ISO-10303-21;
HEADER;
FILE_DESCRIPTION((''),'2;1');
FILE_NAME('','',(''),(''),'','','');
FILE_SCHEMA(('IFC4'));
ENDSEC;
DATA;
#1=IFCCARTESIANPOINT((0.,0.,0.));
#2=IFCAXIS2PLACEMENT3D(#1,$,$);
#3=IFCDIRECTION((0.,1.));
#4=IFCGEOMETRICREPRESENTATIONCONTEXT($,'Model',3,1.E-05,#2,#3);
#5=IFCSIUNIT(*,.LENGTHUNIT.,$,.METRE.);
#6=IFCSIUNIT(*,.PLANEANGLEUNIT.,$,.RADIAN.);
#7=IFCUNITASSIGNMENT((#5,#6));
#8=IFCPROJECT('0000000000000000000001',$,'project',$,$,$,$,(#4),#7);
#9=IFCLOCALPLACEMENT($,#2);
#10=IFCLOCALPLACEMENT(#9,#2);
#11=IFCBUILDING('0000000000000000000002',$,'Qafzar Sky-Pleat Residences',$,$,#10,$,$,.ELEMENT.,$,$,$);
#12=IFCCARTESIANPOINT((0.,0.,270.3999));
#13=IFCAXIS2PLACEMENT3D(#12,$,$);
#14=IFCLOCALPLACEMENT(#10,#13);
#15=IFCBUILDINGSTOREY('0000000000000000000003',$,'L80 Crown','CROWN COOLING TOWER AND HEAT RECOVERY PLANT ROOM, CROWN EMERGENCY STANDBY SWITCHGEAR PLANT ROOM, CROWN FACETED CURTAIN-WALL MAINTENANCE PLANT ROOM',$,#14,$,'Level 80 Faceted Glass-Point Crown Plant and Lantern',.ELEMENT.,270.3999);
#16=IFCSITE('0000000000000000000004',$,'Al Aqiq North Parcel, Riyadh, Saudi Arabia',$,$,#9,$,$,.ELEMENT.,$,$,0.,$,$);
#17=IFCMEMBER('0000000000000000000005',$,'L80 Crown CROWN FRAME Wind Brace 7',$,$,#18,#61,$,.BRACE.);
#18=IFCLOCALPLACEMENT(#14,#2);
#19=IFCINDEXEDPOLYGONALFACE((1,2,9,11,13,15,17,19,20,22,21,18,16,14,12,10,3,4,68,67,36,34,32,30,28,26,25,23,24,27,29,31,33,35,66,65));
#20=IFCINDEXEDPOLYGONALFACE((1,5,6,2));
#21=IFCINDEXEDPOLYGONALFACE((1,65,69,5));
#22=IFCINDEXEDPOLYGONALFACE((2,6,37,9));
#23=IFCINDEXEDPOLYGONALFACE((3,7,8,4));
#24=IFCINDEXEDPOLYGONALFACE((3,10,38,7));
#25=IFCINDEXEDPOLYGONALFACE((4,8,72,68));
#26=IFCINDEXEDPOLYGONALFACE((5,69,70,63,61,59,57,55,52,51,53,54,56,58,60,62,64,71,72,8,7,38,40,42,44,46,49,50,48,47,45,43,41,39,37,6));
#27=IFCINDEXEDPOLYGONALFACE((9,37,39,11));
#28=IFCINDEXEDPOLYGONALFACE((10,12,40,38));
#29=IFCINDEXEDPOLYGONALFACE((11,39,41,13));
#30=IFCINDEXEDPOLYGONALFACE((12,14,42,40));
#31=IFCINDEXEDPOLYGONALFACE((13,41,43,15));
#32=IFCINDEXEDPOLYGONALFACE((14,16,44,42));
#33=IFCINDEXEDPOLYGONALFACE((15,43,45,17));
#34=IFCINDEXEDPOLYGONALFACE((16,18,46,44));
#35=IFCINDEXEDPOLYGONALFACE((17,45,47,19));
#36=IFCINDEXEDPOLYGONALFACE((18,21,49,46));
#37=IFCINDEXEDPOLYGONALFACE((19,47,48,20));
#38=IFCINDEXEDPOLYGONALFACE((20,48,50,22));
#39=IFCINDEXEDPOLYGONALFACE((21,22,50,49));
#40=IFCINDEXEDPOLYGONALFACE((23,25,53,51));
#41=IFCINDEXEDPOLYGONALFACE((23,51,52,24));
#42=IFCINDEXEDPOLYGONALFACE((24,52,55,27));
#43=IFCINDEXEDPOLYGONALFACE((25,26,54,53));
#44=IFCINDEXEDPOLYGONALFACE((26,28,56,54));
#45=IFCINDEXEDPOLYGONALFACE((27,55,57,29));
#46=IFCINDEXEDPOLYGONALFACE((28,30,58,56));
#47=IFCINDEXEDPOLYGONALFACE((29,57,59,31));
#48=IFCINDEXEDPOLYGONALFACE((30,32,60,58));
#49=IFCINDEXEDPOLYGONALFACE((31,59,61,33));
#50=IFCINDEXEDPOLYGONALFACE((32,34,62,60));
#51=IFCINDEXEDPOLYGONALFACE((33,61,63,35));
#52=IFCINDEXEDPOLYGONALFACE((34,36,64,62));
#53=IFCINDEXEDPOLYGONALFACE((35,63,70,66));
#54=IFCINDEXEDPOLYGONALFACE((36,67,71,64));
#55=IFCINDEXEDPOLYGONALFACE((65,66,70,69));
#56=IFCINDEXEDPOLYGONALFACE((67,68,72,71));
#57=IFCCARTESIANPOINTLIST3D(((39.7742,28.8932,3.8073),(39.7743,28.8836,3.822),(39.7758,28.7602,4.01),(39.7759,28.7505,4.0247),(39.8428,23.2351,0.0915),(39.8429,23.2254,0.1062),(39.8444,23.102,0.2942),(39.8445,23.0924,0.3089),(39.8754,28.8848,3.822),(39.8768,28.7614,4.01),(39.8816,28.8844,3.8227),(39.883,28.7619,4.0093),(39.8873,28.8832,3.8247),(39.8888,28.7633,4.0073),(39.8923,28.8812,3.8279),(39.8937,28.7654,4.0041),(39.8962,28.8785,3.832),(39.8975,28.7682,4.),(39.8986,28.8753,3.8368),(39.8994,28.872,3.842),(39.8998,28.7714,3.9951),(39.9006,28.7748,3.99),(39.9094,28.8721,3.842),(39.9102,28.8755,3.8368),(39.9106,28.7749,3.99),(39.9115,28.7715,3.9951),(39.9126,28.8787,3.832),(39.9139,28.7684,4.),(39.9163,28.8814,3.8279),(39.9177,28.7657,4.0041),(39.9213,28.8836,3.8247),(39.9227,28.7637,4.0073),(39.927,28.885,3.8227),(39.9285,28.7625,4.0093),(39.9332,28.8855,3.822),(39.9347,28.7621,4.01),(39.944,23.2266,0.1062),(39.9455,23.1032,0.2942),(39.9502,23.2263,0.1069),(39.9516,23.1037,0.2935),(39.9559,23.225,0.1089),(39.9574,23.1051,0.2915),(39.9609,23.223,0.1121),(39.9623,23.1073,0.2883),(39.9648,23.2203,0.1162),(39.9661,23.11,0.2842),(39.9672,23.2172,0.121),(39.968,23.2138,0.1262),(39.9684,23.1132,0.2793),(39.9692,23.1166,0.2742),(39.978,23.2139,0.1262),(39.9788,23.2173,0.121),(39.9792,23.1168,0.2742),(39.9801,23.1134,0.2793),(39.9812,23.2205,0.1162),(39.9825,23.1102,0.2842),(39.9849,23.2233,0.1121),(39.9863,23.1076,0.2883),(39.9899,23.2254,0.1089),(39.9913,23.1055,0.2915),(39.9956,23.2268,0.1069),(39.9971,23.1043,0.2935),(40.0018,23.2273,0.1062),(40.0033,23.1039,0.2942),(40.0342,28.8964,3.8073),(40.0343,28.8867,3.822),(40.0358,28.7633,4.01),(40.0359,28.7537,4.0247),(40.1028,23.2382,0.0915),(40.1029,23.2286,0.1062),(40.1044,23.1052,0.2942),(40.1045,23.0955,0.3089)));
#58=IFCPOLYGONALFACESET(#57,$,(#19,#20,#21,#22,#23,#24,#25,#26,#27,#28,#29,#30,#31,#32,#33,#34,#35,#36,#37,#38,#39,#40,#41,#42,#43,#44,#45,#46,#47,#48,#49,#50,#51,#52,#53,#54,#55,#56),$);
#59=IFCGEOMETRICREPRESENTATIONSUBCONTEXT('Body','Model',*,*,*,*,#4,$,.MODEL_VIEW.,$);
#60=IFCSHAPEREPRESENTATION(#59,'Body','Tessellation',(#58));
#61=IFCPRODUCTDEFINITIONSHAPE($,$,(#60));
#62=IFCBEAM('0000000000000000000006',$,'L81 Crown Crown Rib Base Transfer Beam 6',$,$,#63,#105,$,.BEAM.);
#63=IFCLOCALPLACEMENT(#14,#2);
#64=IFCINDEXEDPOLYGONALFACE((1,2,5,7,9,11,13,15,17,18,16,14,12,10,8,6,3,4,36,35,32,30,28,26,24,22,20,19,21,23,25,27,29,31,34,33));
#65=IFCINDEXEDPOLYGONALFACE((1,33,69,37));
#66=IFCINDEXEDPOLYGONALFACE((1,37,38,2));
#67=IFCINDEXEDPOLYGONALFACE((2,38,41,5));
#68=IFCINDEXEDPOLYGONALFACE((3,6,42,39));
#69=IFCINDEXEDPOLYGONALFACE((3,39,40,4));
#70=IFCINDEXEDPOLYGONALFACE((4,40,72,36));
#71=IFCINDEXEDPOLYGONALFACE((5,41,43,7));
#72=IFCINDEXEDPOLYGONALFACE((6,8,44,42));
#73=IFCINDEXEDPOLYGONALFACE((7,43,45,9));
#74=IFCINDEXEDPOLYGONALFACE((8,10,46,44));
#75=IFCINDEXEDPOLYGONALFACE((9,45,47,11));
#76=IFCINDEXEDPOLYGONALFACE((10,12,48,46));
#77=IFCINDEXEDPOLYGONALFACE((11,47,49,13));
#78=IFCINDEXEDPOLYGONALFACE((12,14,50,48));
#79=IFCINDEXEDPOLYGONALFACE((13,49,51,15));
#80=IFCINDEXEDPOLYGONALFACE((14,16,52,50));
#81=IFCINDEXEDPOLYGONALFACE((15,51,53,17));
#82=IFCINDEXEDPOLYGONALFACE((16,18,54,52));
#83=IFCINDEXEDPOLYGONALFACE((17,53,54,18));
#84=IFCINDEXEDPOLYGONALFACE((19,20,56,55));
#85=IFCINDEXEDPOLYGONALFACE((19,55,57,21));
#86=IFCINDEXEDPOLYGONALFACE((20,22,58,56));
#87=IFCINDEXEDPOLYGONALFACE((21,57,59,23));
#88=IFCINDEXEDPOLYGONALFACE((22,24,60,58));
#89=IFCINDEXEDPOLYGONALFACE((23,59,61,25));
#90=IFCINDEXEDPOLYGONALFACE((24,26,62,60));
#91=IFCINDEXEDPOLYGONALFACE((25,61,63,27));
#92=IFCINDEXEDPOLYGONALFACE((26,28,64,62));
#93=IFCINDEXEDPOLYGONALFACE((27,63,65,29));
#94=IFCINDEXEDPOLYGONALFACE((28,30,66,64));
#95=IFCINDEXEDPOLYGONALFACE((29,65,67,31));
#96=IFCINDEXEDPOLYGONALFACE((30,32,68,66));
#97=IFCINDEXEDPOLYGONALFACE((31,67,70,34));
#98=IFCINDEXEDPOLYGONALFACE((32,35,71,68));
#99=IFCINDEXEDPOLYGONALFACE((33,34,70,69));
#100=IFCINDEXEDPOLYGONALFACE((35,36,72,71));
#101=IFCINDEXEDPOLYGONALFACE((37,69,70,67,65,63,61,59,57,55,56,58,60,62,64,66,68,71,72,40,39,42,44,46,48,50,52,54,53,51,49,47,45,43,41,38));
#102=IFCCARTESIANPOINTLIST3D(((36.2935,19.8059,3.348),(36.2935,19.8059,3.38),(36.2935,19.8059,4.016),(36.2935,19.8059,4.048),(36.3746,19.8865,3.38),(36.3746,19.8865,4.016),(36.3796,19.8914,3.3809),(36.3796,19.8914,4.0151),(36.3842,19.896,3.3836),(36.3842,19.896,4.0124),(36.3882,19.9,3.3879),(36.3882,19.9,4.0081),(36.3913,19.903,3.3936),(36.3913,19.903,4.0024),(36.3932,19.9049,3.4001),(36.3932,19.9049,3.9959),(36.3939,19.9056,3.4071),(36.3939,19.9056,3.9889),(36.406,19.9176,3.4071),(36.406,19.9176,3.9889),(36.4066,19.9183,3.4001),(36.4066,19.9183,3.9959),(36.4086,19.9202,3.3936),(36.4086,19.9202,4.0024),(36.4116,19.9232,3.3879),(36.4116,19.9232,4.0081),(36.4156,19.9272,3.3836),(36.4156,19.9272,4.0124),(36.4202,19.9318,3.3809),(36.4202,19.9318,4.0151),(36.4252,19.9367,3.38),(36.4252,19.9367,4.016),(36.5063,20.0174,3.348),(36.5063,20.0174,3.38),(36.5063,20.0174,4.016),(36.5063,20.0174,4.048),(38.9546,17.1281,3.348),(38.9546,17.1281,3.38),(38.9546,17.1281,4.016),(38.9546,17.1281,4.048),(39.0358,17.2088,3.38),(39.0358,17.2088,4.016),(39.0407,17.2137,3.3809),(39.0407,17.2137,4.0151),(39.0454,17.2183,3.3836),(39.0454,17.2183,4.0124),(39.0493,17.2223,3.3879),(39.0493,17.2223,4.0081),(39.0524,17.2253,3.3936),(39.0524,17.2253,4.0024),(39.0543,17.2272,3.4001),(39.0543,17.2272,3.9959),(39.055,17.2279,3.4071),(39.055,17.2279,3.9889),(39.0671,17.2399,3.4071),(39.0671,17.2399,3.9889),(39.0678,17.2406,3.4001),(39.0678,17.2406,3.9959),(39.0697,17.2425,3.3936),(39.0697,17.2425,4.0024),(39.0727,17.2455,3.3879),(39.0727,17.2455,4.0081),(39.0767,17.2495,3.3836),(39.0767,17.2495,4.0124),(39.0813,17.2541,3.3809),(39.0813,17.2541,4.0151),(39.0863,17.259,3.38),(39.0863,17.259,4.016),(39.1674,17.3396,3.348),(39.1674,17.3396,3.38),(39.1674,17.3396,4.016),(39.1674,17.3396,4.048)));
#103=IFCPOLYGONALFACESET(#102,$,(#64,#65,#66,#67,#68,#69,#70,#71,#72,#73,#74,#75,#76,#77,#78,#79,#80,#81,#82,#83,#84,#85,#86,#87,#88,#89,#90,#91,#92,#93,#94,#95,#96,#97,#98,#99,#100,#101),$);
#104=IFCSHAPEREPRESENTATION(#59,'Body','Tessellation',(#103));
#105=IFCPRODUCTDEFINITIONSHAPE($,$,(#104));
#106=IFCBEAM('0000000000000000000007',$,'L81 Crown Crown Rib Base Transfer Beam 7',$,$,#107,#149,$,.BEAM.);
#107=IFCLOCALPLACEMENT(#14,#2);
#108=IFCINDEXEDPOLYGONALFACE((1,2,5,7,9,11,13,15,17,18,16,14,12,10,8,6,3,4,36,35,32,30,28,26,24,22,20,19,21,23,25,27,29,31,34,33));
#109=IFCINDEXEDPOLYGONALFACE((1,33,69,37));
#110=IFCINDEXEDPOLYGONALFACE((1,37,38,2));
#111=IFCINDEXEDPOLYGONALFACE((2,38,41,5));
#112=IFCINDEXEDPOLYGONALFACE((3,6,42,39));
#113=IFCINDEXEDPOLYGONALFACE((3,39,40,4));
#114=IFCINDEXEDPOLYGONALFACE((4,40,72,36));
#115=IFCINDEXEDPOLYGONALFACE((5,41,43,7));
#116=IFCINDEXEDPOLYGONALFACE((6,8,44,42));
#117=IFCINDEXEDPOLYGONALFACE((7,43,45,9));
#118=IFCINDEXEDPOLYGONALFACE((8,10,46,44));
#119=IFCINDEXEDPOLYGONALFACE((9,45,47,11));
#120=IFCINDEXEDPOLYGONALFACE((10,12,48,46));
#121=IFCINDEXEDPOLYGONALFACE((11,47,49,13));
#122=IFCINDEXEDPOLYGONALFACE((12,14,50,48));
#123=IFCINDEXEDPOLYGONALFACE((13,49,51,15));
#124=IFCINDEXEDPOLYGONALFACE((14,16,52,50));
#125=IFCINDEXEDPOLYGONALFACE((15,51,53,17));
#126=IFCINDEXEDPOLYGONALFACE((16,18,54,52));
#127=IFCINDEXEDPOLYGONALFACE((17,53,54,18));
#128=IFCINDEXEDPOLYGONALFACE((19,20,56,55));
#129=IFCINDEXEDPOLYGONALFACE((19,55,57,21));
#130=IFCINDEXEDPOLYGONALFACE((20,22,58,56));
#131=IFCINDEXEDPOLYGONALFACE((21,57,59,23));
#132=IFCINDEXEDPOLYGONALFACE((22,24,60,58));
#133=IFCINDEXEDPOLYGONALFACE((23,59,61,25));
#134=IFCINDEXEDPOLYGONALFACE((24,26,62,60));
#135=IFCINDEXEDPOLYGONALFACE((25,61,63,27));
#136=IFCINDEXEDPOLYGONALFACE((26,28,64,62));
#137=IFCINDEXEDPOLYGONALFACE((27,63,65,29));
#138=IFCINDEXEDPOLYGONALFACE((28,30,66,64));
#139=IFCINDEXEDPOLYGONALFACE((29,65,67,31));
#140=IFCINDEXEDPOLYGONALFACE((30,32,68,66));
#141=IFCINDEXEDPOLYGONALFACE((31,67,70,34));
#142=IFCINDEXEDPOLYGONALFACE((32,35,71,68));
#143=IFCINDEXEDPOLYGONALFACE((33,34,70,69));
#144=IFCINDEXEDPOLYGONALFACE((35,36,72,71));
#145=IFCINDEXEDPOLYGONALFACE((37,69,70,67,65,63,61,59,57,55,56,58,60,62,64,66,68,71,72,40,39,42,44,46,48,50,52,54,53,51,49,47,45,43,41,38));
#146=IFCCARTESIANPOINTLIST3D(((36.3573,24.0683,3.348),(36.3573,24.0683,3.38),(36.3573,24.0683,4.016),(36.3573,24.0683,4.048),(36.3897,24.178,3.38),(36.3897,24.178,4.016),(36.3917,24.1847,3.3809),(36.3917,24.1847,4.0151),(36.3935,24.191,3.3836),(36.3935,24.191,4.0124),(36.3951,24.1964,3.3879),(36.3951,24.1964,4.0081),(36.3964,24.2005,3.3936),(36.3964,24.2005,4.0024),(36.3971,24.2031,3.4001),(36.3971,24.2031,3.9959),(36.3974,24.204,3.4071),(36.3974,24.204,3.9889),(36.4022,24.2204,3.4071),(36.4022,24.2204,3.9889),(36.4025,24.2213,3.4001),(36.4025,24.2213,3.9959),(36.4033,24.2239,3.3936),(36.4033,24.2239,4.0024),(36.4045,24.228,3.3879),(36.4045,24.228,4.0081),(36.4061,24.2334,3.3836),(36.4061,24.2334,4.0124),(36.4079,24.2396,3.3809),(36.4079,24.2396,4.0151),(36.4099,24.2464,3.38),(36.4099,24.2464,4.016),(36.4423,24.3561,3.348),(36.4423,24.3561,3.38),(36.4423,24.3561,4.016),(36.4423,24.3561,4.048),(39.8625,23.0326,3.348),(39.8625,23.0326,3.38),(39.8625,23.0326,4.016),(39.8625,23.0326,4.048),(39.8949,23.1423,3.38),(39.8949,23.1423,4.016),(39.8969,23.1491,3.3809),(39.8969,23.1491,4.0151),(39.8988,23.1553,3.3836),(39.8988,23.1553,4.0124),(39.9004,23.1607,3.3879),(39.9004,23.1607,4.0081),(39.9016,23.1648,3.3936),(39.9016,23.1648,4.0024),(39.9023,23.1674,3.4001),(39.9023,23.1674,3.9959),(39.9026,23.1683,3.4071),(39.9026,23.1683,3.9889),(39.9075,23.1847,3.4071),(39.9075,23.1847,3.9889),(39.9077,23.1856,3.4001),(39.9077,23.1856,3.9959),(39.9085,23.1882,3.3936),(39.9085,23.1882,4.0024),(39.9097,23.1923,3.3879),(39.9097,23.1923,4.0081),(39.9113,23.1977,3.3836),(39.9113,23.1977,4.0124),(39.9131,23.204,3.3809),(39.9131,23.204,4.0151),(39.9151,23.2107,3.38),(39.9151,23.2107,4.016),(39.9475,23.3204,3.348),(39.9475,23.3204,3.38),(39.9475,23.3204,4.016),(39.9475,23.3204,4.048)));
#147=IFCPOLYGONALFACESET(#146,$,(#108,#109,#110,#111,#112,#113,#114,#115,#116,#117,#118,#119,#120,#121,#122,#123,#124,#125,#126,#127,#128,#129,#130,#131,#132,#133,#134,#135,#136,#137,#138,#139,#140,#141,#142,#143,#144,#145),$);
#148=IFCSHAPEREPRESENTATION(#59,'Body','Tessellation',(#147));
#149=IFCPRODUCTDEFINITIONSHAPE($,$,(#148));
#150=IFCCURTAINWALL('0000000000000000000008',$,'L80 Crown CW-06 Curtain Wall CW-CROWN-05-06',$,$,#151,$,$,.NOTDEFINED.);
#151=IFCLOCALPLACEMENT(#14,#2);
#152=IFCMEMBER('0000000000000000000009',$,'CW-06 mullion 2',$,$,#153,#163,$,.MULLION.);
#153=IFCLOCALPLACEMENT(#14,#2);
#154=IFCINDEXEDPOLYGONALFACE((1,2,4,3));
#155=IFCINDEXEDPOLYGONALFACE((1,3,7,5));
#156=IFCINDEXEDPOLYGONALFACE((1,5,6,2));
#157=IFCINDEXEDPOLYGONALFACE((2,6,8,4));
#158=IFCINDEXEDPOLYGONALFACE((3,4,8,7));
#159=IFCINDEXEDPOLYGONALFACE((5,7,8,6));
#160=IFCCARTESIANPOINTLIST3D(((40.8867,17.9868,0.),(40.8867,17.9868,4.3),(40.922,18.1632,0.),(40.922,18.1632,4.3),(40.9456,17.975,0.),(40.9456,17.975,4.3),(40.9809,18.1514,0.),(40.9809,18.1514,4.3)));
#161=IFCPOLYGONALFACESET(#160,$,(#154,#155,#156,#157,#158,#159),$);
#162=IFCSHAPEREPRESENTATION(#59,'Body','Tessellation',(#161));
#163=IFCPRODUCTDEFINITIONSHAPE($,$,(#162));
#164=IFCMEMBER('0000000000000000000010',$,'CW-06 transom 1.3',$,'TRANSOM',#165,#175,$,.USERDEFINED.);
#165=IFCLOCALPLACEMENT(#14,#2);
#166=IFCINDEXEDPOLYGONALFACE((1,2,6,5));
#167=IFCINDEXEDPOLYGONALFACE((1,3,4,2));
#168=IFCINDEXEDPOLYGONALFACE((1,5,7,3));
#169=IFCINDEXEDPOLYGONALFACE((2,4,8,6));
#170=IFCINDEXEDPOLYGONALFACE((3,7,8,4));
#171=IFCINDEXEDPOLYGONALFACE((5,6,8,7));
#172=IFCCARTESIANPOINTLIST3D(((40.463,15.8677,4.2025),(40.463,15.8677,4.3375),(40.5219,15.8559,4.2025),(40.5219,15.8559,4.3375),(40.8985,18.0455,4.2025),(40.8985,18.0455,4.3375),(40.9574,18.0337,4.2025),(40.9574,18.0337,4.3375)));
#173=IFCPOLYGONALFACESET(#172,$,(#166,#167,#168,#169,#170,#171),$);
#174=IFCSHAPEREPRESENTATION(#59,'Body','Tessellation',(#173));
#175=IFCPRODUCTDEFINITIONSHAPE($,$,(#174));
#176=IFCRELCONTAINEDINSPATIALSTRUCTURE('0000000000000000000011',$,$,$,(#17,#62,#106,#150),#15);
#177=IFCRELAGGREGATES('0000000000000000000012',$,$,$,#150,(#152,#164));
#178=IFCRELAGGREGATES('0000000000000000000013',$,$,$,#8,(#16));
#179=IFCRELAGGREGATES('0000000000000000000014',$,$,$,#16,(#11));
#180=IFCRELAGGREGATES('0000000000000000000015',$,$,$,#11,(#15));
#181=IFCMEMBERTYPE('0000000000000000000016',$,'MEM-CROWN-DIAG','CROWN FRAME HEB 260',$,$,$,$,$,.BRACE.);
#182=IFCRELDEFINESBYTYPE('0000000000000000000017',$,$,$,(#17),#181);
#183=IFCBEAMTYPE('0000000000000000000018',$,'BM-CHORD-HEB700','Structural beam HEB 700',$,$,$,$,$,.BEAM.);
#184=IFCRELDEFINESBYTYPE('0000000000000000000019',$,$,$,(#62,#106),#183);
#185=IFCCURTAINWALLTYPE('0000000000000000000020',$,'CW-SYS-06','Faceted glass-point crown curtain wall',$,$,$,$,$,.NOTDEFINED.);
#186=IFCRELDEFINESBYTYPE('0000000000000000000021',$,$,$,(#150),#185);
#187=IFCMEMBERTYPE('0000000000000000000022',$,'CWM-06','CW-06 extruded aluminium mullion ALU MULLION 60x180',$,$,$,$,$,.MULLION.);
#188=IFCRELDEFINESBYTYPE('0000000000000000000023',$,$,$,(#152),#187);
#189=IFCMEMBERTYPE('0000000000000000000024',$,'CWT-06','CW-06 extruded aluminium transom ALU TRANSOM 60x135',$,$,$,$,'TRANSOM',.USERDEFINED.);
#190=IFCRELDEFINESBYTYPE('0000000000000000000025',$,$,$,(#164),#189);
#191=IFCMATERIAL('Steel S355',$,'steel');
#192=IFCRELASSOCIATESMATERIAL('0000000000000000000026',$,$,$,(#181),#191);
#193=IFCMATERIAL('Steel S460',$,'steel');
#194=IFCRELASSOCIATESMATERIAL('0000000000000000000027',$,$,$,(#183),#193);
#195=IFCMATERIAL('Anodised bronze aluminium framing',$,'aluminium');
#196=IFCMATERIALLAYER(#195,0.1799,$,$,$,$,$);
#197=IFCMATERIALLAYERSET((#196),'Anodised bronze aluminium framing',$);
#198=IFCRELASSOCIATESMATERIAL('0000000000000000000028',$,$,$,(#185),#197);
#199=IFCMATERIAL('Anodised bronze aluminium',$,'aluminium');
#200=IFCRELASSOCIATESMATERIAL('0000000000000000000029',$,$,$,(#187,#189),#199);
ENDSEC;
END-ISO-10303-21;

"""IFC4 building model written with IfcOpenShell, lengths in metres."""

from ifc_helpers import new_model, si_unit, direction, frame, origin, origin_2d, place, context, subcontext, project, spatial, rectangle, i_section, extrude, source, transform, mapped, material, layer, layer_set, material_profile, profile_set, type_object, element, aggregate, save


model = new_model("IFC4")

# Units and contexts
model_context = context("Model", 3, precision=1e-05, world=origin(), true_north=direction((0.0, 1.0)))
body_context = subcontext(model_context, "Body", "Model", "MODEL_VIEW")
ifc_project = project(units=[si_unit("LENGTHUNIT", "METRE"), si_unit("PLANEANGLEUNIT", "RADIAN")], contexts=[model_context])

# Site, building, storey
site_placement = place(None, origin())
site = spatial("IfcSite", under=ifc_project, at=site_placement, Name="Al Aqiq North Parcel, Riyadh, Saudi Arabia", CompositionType="ELEMENT", RefElevation=0.0)
building_placement = place(site_placement, origin())
building = spatial("IfcBuilding", under=site, at=building_placement, Name="Qafzar Sky-Pleat Residences", CompositionType="ELEMENT")
storey_placement = place(building_placement, frame((0.0, 0.0, 270.3999)))
storey = spatial("IfcBuildingStorey", under=building, at=storey_placement, Name="L80 Crown", Description="CROWN COOLING TOWER AND HEAT RECOVERY PLANT ROOM, CROWN EMERGENCY STANDBY SWITCHGEAR PLANT ROOM, CROWN FACETED CURTAIN-WALL MAINTENANCE PLANT ROOM", LongName="Level 80 Faceted Glass-Point Crown Plant and Lantern", CompositionType="ELEMENT", Elevation=270.3999)

# Member
ifc_material_1 = material(Name="Steel S460", Category="steel")
ifc_material_2 = material(Name="Steel S355", Category="steel")
ifc_material_profile_1 = material_profile(ifc_material_2, i_section(OverallWidth=0.26, OverallDepth=0.26, WebThickness=0.01, FlangeThickness=0.0176, FilletRadius=0.0239, at=origin_2d()), Name="HEB 260")
ifc_profile_set_1 = profile_set([ifc_material_profile_1], Name="Steel S355")
member_type_1 = type_object("IfcMemberType", Name="MEM-CROWN-DIAG", Description="CROWN FRAME HEB 260", PredefinedType="BRACE", material=ifc_profile_set_1)
shared_shape_1 = source(origin(), body_context, "Body", "SweptSolid", [
    extrude(i_section(OverallWidth=0.26, OverallDepth=0.26, WebThickness=0.01, FlangeThickness=0.0176, FilletRadius=0.0239, at=origin_2d()), origin(), (0.0, 0.0, 1.0), 6.7695),
])
member_1_placement = place(storey_placement, frame((39.9736, 23.1653, 0.2002), z_axis=(-0.010134, 0.835827, 0.548899), x_axis=(-0.999927, -0.012124, 0.0)))
element("IfcMember", 1, at=member_1_placement, inside=storey, type_object=member_type_1, Name="L80 Crown CROWN FRAME Wind Brace 7", PredefinedType="BRACE", context=body_context, shape_type="MappedRepresentation", body=[
    mapped(shared_shape_1, transform((0.0, 0.0, 0.0), x_axis=(1.0, 0.0, 0.0), y_axis=(0.0, 1.0, 0.0), z_axis=(0.0, 0.0, 1.0), scale=1.0)),
])

# Beams
ifc_material_profile_2 = material_profile(ifc_material_1, i_section(OverallWidth=0.3, OverallDepth=0.7, WebThickness=0.0171, FlangeThickness=0.032, FilletRadius=0.0271, at=origin_2d()), Name="HEB 700")
ifc_profile_set_2 = profile_set([ifc_material_profile_2], Name="Steel S460")
beam_type = type_object("IfcBeamType", Name="BM-CHORD-HEB700", Description="Structural beam HEB 700", PredefinedType="BEAM", material=ifc_profile_set_2)
shared_shape_2 = source(origin(), body_context, "Body", "SweptSolid", [
    extrude(i_section(OverallWidth=0.3, OverallDepth=0.7, WebThickness=0.0171, FlangeThickness=0.032, FilletRadius=0.0271, at=origin_2d()), origin(), (0.0, 0.0, 1.0), 3.7751),
])
beam_1_placement = place(storey_placement, frame((39.061, 17.2339, 3.698), z_axis=(-0.704905, 0.709302, 0.0), x_axis=(-0.709302, -0.704905, 0.0)))
element("IfcBeam", 2, at=beam_1_placement, inside=storey, type_object=beam_type, Name="L81 Crown Crown Rib Base Transfer Beam 6", PredefinedType="BEAM", context=body_context, shape_type="MappedRepresentation", body=[
    mapped(shared_shape_2, transform((0.0, 0.0, 0.0), x_axis=(1.0, 0.0, 0.0), y_axis=(0.0, 1.0, 0.0), z_axis=(0.0, 0.0, 1.0), scale=1.0)),
])
shared_shape_3 = source(origin(), body_context, "Body", "SweptSolid", [
    extrude(i_section(OverallWidth=0.3, OverallDepth=0.7, WebThickness=0.0171, FlangeThickness=0.032, FilletRadius=0.0271, at=origin_2d()), origin(), (0.0, 0.0, 1.0), 3.655),
])
beam_2_placement = place(storey_placement, frame((39.905, 23.1765, 3.698), z_axis=(-0.959015, 0.283356, 0.0), x_axis=(-0.283356, -0.959015, 0.0)))
element("IfcBeam", 3, at=beam_2_placement, inside=storey, type_object=beam_type, Name="L81 Crown Crown Rib Base Transfer Beam 7", PredefinedType="BEAM", context=body_context, shape_type="MappedRepresentation", body=[
    mapped(shared_shape_3, transform((0.0, 0.0, 0.0), x_axis=(1.0, 0.0, 0.0), y_axis=(0.0, 1.0, 0.0), z_axis=(0.0, 0.0, 1.0), scale=1.0)),
])

# Curtain wall, members
ifc_material_3 = material(Name="Anodised bronze aluminium framing", Category="aluminium")
ifc_layer_1 = layer(ifc_material_3, 0.1799)
ifc_layer_set_1 = layer_set([ifc_layer_1], Name="Anodised bronze aluminium framing")
curtain_wall_type = type_object("IfcCurtainWallType", Name="CW-SYS-06", Description="Faceted glass-point crown curtain wall", PredefinedType="NOTDEFINED", material=ifc_layer_set_1)
curtain_wall_placement = place(storey_placement, origin())
curtain_wall = element("IfcCurtainWall", 4, at=curtain_wall_placement, inside=storey, type_object=curtain_wall_type, Name="L80 Crown CW-06 Curtain Wall CW-CROWN-05-06", PredefinedType="NOTDEFINED")
ifc_material_4 = material(Name="Anodised bronze aluminium", Category="aluminium")
ifc_material_profile_3 = material_profile(ifc_material_4, rectangle(XDim=0.0601, YDim=0.1799, at=origin_2d()), Name="ALU MULLION 60x180")
ifc_profile_set_3 = profile_set([ifc_material_profile_3], Name="Anodised bronze aluminium")
member_type_2 = type_object("IfcMemberType", Name="CWM-06", Description="CW-06 extruded aluminium mullion ALU MULLION 60x180", PredefinedType="MULLION", material=ifc_profile_set_3)
shared_shape_4 = source(origin(), body_context, "Body", "SweptSolid", [
    extrude(rectangle(XDim=0.0601, YDim=0.1799, at=origin_2d()), origin(), (0.0, 0.0, 1.0), 4.3),
])
member_2_placement = place(storey_placement, frame((40.9338, 18.0691, 0.0), z_axis=(0.0, 0.0, 1.0), x_axis=(-0.980581, 0.196116, 0.0)))
member_2 = element("IfcMember", 5, at=member_2_placement, type_object=member_type_2, Name="CW-06 mullion 2", PredefinedType="MULLION", context=body_context, shape_type="MappedRepresentation", body=[
    mapped(shared_shape_4, transform((0.0, 0.0, 0.0), x_axis=(1.0, 0.0, 0.0), y_axis=(0.0, 1.0, 0.0), z_axis=(0.0, 0.0, 1.0), scale=1.0)),
])
ifc_material_profile_4 = material_profile(ifc_material_4, rectangle(XDim=0.0601, YDim=0.135, at=origin_2d()), Name="ALU TRANSOM 60x135")
ifc_profile_set_4 = profile_set([ifc_material_profile_4], Name="Anodised bronze aluminium")
member_type_3 = type_object("IfcMemberType", Name="CWT-06", Description="CW-06 extruded aluminium transom ALU TRANSOM 60x135", ElementType="TRANSOM", PredefinedType="USERDEFINED", material=ifc_profile_set_4)
shared_shape_5 = source(origin(), body_context, "Body", "SweptSolid", [
    extrude(rectangle(XDim=0.0601, YDim=0.135, at=origin_2d()), origin(), (0.0, 0.0, 1.0), 2.2209),
])
member_3_placement = place(storey_placement, frame((40.4924, 15.8618, 4.27), z_axis=(0.196116, 0.980581, 0.0), x_axis=(-0.980581, 0.196116, 0.0)))
member_3 = element("IfcMember", 6, at=member_3_placement, type_object=member_type_3, Name="CW-06 transom 1.3", ObjectType="TRANSOM", PredefinedType="USERDEFINED", context=body_context, shape_type="MappedRepresentation", body=[
    mapped(shared_shape_5, transform((0.0, 0.0, 0.0), x_axis=(1.0, 0.0, 0.0), y_axis=(0.0, 1.0, 0.0), z_axis=(0.0, 0.0, 1.0), scale=1.0)),
])
aggregate(curtain_wall, [member_2, member_3])

save(model, "model.ifc")
